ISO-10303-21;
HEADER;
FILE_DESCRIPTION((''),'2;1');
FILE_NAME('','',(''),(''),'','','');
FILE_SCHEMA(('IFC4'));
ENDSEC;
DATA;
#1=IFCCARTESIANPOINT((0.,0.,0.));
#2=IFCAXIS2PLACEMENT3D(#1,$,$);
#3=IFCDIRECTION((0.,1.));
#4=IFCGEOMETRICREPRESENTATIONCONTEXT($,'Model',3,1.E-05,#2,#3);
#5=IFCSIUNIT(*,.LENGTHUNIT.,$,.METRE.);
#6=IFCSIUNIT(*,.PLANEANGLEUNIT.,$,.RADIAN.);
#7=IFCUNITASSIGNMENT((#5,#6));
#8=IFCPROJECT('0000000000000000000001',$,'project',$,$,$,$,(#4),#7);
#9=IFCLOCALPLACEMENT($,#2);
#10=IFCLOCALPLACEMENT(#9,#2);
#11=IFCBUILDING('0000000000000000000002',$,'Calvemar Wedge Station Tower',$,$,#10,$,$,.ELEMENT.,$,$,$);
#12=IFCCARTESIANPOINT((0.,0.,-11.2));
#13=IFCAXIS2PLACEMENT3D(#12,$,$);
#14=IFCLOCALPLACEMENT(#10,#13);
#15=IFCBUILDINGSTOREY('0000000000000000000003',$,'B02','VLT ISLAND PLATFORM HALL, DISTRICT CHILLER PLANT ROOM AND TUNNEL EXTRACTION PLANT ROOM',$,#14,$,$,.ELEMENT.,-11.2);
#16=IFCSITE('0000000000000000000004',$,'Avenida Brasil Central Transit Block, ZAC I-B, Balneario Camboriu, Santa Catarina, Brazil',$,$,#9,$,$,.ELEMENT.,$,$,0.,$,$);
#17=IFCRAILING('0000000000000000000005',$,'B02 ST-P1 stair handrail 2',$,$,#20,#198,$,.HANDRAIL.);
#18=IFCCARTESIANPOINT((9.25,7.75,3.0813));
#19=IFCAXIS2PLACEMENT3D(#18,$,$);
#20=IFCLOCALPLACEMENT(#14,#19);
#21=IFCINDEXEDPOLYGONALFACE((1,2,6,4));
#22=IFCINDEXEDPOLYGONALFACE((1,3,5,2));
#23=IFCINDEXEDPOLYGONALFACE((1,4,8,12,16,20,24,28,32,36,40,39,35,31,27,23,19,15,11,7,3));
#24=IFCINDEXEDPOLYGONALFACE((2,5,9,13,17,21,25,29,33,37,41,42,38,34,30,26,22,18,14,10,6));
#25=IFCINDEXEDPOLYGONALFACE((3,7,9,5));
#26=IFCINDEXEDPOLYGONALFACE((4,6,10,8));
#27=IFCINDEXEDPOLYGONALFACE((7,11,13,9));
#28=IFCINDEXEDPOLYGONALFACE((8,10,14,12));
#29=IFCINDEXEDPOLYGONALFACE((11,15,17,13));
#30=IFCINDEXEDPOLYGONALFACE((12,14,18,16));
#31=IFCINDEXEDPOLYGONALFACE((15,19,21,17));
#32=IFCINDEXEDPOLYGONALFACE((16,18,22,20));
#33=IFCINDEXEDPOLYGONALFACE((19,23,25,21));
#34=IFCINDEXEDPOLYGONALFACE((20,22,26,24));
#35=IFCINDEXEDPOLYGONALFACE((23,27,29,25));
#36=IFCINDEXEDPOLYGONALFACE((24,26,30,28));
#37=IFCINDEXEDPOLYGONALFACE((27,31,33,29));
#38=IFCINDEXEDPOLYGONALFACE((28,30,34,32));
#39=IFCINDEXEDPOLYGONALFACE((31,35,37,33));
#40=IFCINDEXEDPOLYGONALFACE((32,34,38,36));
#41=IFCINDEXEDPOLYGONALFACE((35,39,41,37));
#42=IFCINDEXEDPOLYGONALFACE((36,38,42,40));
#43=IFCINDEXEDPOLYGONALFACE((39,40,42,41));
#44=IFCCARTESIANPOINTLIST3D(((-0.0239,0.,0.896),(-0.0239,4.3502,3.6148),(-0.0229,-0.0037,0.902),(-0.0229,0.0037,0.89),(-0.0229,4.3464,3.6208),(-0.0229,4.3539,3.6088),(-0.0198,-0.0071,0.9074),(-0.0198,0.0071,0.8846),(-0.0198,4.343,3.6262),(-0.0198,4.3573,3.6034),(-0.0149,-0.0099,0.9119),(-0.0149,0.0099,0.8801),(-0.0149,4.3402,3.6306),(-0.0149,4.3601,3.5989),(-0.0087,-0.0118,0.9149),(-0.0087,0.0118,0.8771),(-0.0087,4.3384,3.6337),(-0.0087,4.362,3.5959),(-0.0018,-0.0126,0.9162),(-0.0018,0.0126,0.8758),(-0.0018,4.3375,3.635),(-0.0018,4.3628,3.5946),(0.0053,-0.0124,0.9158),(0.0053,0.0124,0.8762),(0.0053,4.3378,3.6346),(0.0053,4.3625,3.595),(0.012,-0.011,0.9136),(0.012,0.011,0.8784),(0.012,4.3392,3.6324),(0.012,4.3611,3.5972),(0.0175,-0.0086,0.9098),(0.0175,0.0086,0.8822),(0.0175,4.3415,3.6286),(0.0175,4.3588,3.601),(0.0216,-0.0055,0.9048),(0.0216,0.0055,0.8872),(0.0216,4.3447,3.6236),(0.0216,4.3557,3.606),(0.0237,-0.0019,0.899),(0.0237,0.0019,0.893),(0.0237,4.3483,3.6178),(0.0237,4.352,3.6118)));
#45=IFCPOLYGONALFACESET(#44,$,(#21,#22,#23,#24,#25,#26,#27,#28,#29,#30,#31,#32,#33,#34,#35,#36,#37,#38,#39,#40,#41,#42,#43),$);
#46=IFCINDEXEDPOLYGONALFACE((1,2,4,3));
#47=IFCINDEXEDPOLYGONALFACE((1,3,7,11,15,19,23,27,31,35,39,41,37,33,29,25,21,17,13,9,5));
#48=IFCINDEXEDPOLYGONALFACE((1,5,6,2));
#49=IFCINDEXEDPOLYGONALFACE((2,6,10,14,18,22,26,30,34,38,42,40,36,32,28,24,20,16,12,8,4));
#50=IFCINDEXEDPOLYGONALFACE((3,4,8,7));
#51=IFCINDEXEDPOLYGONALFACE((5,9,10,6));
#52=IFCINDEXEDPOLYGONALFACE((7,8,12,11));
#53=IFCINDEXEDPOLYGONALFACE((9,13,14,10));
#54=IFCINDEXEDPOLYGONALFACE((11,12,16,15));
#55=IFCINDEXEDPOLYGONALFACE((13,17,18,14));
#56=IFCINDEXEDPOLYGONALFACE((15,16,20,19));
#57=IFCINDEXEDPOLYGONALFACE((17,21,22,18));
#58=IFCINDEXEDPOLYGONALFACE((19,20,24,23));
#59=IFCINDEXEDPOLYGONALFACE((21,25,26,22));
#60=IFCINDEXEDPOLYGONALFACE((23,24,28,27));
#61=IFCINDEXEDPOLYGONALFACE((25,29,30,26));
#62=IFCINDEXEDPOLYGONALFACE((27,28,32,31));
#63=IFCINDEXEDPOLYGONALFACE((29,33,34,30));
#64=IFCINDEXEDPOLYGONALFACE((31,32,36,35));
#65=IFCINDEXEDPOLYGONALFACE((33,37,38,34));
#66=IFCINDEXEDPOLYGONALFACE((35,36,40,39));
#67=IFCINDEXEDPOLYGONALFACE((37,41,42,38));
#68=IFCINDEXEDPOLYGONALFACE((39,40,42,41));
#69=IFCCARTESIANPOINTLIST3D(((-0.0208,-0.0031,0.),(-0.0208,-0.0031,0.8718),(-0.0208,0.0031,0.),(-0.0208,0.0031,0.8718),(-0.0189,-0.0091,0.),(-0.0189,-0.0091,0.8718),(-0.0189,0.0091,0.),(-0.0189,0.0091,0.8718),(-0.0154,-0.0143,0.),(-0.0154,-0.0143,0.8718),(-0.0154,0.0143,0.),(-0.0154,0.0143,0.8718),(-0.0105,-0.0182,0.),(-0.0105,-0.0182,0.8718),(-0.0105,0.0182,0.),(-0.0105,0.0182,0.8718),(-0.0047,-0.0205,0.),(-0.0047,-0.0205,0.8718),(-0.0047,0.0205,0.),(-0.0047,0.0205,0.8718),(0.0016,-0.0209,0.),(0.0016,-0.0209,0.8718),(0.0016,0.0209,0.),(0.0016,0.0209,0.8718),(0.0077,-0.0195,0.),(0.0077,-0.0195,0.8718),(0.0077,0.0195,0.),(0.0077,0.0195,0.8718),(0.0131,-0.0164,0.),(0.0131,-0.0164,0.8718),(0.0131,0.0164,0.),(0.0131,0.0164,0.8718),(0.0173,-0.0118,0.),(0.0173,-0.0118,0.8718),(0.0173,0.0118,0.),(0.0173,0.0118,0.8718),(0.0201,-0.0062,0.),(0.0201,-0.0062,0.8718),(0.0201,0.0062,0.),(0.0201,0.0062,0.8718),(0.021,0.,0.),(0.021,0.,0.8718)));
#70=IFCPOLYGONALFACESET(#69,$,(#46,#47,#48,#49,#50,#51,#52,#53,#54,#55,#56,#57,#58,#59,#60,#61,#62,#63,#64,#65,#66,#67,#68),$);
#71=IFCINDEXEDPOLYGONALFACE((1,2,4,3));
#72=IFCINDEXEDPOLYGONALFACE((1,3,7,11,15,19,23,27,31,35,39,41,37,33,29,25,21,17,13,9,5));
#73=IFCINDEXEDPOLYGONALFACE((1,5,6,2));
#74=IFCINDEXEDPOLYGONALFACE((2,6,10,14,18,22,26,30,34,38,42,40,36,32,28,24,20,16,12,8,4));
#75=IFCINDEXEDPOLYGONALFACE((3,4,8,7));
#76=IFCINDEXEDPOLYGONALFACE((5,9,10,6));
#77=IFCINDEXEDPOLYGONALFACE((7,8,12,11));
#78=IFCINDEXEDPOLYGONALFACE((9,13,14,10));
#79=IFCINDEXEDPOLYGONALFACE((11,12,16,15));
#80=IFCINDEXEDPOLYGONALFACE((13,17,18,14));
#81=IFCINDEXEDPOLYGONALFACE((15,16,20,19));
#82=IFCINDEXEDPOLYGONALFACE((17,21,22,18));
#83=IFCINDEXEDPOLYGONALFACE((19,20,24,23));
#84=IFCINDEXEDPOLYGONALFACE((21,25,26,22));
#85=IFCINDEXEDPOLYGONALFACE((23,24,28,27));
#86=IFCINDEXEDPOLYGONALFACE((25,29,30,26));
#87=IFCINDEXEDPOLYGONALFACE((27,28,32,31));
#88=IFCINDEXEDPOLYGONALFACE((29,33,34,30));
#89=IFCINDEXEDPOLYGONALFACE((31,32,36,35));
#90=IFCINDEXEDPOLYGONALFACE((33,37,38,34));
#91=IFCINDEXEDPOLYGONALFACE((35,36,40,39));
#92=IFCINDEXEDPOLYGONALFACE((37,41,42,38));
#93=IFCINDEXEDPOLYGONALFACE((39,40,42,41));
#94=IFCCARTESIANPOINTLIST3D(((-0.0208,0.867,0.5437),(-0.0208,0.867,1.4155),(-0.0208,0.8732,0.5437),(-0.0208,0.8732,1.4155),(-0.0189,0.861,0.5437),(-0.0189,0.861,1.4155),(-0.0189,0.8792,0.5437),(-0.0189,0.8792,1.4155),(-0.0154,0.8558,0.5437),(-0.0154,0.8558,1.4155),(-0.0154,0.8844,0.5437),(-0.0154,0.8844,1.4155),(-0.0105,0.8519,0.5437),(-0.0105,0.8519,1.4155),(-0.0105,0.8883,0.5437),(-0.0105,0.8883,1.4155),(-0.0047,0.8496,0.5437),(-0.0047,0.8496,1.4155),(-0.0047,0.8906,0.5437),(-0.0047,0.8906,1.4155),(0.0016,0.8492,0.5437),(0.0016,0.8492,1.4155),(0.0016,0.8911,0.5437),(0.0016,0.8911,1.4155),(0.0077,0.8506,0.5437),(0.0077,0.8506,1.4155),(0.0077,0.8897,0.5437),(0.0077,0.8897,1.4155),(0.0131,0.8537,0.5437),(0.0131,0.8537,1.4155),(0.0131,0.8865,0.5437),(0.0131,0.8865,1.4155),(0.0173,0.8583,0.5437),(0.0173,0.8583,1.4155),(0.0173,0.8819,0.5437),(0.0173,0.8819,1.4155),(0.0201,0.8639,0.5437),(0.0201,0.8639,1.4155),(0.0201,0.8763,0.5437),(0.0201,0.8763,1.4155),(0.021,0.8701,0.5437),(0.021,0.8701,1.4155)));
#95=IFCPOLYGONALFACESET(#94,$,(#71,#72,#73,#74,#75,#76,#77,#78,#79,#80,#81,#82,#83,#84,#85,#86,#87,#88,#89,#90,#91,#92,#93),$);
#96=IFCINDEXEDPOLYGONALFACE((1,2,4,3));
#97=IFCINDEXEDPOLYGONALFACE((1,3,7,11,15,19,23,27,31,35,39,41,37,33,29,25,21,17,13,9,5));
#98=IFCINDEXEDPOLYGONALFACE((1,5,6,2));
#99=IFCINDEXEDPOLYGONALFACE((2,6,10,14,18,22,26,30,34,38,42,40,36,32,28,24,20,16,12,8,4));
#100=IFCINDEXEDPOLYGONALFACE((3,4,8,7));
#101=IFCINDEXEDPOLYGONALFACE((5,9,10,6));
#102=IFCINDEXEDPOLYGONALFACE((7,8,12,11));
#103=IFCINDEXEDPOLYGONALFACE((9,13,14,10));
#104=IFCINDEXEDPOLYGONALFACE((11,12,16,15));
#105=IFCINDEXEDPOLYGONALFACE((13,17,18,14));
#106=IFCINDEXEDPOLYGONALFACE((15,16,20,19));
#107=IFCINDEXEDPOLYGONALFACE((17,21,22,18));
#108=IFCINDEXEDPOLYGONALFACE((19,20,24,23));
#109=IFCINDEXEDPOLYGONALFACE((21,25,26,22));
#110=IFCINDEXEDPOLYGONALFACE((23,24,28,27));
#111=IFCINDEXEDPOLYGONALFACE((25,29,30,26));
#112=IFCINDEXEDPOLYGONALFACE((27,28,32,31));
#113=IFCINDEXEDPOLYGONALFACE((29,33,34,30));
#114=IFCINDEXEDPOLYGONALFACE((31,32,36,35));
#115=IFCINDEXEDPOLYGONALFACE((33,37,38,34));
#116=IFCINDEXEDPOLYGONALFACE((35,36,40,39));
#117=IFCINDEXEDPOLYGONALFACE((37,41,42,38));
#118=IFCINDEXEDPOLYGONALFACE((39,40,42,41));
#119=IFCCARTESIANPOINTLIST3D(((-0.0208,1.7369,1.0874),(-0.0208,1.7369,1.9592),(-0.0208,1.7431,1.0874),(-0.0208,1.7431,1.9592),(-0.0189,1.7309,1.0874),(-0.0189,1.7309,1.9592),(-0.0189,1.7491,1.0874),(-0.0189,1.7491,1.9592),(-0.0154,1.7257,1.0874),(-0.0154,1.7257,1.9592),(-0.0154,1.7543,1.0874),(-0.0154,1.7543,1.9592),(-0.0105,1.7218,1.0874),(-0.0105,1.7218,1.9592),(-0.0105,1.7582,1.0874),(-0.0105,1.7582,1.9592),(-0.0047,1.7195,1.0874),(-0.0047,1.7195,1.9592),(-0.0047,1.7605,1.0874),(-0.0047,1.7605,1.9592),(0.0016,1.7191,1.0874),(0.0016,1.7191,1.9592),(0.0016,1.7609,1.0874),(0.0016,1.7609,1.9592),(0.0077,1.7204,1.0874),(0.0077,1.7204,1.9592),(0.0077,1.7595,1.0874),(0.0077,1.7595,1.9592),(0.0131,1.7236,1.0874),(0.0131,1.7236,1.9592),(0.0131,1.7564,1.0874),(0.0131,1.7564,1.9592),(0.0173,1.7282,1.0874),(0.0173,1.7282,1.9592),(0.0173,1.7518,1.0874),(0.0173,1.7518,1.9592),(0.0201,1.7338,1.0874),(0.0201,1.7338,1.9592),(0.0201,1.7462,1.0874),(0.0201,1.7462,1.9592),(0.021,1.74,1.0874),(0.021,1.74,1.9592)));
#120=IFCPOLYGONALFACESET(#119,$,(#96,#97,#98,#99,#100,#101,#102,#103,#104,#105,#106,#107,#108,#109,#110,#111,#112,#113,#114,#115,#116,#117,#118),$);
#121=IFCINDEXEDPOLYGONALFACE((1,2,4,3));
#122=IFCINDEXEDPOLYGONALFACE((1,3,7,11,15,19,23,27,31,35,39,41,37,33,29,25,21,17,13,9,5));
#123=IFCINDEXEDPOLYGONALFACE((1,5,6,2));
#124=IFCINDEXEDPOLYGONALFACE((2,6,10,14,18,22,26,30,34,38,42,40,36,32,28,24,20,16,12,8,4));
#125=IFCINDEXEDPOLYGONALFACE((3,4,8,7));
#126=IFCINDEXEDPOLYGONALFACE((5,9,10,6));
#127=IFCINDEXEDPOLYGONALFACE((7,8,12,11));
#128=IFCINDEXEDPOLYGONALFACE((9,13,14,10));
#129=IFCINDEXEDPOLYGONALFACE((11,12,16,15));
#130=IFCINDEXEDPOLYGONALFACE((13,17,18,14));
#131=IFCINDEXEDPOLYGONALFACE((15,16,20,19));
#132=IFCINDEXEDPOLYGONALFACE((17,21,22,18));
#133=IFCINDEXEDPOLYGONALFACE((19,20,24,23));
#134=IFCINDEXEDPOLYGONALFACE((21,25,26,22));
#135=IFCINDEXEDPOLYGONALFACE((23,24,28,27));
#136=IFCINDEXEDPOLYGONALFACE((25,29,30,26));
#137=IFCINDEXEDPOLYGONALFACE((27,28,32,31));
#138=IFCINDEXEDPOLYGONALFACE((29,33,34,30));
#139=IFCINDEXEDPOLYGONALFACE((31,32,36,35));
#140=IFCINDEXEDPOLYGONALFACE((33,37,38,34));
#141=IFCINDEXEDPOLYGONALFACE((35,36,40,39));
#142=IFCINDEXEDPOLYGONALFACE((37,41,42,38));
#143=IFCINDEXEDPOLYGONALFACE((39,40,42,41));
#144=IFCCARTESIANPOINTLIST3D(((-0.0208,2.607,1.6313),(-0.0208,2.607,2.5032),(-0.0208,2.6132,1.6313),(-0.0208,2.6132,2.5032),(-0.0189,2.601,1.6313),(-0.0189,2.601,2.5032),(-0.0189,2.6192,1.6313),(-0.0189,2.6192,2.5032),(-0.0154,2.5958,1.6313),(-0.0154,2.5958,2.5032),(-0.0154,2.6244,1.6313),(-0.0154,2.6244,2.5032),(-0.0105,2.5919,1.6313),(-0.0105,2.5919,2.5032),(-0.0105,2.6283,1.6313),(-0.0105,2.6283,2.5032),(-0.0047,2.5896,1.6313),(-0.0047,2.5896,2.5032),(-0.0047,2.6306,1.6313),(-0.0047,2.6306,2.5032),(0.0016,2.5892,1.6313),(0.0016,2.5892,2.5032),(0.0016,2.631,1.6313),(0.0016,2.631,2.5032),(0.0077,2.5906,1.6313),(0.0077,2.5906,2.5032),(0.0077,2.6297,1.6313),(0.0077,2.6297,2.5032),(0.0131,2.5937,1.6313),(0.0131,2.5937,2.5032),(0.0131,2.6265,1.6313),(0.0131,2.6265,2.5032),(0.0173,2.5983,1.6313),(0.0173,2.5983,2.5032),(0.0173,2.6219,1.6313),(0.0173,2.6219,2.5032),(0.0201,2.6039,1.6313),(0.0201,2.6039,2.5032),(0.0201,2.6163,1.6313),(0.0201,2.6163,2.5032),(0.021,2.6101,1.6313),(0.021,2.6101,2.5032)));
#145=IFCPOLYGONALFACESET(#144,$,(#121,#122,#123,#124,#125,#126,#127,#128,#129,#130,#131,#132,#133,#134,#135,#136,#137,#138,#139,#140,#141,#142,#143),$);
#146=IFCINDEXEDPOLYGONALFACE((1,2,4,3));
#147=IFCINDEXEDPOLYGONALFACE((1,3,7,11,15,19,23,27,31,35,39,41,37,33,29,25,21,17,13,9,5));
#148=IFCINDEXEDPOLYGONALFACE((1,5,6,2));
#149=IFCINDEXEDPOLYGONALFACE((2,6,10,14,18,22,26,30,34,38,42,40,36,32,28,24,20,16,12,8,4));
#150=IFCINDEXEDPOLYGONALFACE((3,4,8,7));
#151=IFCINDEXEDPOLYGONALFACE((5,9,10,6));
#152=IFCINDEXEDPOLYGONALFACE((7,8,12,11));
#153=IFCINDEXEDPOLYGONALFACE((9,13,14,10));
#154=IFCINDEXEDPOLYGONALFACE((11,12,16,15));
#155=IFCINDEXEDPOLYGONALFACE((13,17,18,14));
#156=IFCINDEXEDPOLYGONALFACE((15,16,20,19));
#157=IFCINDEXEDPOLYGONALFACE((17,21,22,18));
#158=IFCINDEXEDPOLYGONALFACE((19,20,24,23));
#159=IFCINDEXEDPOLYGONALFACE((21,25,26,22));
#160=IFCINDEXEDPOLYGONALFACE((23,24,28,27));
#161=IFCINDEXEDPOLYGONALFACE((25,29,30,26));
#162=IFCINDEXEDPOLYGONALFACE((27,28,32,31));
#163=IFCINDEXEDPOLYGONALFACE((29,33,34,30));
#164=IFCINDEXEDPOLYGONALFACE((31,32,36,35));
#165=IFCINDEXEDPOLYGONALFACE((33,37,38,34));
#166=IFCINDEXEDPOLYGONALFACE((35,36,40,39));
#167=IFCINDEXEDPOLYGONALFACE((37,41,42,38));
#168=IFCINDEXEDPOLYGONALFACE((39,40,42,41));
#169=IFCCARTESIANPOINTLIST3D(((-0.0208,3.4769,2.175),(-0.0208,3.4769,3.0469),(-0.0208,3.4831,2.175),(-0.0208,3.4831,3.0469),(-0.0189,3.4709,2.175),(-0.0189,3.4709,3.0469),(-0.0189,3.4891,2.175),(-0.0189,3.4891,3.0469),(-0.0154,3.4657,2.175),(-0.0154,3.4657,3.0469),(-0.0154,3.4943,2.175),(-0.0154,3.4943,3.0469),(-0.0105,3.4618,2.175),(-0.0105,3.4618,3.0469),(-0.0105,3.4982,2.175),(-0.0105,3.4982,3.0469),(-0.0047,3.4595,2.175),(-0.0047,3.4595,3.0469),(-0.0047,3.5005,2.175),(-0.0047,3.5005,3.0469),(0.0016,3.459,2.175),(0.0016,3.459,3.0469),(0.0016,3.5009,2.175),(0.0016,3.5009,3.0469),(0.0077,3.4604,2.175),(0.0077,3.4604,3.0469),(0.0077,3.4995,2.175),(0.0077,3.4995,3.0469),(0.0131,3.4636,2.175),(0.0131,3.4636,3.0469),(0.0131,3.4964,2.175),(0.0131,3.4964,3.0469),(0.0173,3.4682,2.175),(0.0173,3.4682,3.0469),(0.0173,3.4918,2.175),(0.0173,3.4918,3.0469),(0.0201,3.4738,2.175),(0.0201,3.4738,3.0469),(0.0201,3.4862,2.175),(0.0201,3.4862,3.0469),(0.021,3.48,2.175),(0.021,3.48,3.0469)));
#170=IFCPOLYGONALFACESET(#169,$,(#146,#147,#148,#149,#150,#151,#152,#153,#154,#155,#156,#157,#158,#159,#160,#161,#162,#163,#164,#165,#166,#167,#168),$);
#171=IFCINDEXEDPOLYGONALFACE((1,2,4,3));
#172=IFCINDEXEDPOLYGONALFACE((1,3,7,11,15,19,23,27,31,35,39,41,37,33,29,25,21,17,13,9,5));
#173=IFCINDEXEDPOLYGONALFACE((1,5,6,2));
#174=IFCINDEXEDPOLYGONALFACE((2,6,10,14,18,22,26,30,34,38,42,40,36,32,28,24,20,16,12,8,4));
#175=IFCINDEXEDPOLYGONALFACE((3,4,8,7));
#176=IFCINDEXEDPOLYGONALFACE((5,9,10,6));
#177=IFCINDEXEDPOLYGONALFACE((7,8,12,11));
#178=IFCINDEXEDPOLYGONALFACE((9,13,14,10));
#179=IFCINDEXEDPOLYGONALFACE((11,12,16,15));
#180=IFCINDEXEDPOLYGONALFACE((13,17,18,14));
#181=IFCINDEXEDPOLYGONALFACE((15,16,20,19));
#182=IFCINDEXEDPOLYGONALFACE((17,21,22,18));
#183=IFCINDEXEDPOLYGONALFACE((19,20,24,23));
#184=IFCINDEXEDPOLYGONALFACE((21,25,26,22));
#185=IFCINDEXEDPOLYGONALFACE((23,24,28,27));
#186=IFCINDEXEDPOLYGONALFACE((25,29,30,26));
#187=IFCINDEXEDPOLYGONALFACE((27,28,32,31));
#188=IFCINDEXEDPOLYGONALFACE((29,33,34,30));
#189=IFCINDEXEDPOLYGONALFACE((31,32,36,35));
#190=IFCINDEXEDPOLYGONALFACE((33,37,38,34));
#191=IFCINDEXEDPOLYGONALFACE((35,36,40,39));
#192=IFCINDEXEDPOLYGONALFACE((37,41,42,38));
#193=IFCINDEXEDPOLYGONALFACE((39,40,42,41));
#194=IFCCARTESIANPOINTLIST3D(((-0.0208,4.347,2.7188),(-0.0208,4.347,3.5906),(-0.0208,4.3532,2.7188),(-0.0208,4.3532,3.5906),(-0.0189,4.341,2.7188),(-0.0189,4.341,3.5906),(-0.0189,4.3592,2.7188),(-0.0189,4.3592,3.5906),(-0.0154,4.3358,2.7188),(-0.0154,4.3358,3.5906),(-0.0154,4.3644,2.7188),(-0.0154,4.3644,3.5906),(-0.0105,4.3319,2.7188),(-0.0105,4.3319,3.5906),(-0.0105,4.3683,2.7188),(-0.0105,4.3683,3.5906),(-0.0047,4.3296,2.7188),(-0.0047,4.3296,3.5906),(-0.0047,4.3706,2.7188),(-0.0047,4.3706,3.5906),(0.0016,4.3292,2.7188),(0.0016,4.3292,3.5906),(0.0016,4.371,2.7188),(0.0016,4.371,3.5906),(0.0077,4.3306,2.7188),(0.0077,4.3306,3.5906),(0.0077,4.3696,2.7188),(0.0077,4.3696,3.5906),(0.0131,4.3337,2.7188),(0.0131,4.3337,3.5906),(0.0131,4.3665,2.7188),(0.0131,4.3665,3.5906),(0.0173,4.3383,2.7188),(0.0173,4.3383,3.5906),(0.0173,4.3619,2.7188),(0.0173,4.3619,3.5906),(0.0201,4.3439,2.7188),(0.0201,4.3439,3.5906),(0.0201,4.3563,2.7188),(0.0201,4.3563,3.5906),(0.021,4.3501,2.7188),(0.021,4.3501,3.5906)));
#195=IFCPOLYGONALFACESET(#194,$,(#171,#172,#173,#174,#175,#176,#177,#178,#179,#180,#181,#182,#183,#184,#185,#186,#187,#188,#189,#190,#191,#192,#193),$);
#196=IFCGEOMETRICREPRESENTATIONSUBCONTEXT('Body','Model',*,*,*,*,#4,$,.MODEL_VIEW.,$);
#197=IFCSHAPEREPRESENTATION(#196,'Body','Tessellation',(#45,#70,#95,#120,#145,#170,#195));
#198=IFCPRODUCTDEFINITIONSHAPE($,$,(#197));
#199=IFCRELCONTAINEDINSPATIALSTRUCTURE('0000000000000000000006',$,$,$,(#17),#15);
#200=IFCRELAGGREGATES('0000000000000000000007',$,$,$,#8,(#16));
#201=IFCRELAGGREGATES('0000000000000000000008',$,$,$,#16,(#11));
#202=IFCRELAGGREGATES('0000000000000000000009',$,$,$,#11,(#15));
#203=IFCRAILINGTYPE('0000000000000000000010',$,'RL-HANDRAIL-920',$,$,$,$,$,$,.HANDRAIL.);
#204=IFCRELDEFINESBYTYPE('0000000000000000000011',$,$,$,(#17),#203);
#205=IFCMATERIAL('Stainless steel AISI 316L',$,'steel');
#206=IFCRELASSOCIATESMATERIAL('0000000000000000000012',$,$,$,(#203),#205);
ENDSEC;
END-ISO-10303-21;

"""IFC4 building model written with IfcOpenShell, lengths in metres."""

from ifc_helpers import new_model, si_unit, direction, frame, origin, origin_2d, place, context, subcontext, project, spatial, circle, extrude, material, type_object, element, save


model = new_model("IFC4")

# Units and contexts
model_context = context("Model", 3, precision=1e-05, world=origin(), true_north=direction((0.0, 1.0)))
body_context = subcontext(model_context, "Body", "Model", "MODEL_VIEW")
ifc_project = project(units=[si_unit("LENGTHUNIT", "METRE"), si_unit("PLANEANGLEUNIT", "RADIAN")], contexts=[model_context])

# Site, building, storey
site_placement = place(None, origin())
site = spatial("IfcSite", under=ifc_project, at=site_placement, Name="Avenida Brasil Central Transit Block, ZAC I-B, Balneario Camboriu, Santa Catarina, Brazil", CompositionType="ELEMENT", RefElevation=0.0)
building_placement = place(site_placement, origin())
building = spatial("IfcBuilding", under=site, at=building_placement, Name="Calvemar Wedge Station Tower", CompositionType="ELEMENT")
storey_placement = place(building_placement, frame((0.0, 0.0, -11.2)))
storey = spatial("IfcBuildingStorey", under=building, at=storey_placement, Name="B02", Description="VLT ISLAND PLATFORM HALL, DISTRICT CHILLER PLANT ROOM AND TUNNEL EXTRACTION PLANT ROOM", CompositionType="ELEMENT", Elevation=-11.2)

# Railing
ifc_material_1 = material(Name="Stainless steel AISI 316L", Category="steel")
railing_type_1 = type_object("IfcRailingType", Name="RL-HANDRAIL-920", PredefinedType="HANDRAIL", material=ifc_material_1)
railing_1_placement = place(storey_placement, frame((9.25, 7.75, 3.0813)))
element("IfcRailing", 1, at=railing_1_placement, inside=storey, type_object=railing_type_1, Name="B02 ST-P1 stair handrail 2", PredefinedType="HANDRAIL", context=body_context, shape_type="SweptSolid", body=[
    extrude(circle(Radius=0.0239, at=origin_2d()), frame((0.0, 0.0, 0.896), z_axis=(0.0, 0.848004, 0.52999), x_axis=(-1.0, 0.0, 0.0)), (0.0, 0.0, 1.0), 5.1299),
    extrude(circle(Radius=0.021, at=origin_2d()), origin(), (0.0, 0.0, 1.0), 0.8718),
    extrude(circle(Radius=0.021, at=origin_2d()), frame((0.0, 0.8701, 0.5437)), (0.0, 0.0, 1.0), 0.8718),
    extrude(circle(Radius=0.021, at=origin_2d()), frame((0.0, 1.74, 1.0874)), (0.0, 0.0, 1.0), 0.8718),
    extrude(circle(Radius=0.021, at=origin_2d()), frame((0.0, 2.6101, 1.6313)), (0.0, 0.0, 1.0), 0.8718),
    extrude(circle(Radius=0.021, at=origin_2d()), frame((0.0, 3.48, 2.175)), (0.0, 0.0, 1.0), 0.8718),
    extrude(circle(Radius=0.021, at=origin_2d()), frame((0.0, 4.3501, 2.7188)), (0.0, 0.0, 1.0), 0.8718),
])

save(model, "model.ifc")
